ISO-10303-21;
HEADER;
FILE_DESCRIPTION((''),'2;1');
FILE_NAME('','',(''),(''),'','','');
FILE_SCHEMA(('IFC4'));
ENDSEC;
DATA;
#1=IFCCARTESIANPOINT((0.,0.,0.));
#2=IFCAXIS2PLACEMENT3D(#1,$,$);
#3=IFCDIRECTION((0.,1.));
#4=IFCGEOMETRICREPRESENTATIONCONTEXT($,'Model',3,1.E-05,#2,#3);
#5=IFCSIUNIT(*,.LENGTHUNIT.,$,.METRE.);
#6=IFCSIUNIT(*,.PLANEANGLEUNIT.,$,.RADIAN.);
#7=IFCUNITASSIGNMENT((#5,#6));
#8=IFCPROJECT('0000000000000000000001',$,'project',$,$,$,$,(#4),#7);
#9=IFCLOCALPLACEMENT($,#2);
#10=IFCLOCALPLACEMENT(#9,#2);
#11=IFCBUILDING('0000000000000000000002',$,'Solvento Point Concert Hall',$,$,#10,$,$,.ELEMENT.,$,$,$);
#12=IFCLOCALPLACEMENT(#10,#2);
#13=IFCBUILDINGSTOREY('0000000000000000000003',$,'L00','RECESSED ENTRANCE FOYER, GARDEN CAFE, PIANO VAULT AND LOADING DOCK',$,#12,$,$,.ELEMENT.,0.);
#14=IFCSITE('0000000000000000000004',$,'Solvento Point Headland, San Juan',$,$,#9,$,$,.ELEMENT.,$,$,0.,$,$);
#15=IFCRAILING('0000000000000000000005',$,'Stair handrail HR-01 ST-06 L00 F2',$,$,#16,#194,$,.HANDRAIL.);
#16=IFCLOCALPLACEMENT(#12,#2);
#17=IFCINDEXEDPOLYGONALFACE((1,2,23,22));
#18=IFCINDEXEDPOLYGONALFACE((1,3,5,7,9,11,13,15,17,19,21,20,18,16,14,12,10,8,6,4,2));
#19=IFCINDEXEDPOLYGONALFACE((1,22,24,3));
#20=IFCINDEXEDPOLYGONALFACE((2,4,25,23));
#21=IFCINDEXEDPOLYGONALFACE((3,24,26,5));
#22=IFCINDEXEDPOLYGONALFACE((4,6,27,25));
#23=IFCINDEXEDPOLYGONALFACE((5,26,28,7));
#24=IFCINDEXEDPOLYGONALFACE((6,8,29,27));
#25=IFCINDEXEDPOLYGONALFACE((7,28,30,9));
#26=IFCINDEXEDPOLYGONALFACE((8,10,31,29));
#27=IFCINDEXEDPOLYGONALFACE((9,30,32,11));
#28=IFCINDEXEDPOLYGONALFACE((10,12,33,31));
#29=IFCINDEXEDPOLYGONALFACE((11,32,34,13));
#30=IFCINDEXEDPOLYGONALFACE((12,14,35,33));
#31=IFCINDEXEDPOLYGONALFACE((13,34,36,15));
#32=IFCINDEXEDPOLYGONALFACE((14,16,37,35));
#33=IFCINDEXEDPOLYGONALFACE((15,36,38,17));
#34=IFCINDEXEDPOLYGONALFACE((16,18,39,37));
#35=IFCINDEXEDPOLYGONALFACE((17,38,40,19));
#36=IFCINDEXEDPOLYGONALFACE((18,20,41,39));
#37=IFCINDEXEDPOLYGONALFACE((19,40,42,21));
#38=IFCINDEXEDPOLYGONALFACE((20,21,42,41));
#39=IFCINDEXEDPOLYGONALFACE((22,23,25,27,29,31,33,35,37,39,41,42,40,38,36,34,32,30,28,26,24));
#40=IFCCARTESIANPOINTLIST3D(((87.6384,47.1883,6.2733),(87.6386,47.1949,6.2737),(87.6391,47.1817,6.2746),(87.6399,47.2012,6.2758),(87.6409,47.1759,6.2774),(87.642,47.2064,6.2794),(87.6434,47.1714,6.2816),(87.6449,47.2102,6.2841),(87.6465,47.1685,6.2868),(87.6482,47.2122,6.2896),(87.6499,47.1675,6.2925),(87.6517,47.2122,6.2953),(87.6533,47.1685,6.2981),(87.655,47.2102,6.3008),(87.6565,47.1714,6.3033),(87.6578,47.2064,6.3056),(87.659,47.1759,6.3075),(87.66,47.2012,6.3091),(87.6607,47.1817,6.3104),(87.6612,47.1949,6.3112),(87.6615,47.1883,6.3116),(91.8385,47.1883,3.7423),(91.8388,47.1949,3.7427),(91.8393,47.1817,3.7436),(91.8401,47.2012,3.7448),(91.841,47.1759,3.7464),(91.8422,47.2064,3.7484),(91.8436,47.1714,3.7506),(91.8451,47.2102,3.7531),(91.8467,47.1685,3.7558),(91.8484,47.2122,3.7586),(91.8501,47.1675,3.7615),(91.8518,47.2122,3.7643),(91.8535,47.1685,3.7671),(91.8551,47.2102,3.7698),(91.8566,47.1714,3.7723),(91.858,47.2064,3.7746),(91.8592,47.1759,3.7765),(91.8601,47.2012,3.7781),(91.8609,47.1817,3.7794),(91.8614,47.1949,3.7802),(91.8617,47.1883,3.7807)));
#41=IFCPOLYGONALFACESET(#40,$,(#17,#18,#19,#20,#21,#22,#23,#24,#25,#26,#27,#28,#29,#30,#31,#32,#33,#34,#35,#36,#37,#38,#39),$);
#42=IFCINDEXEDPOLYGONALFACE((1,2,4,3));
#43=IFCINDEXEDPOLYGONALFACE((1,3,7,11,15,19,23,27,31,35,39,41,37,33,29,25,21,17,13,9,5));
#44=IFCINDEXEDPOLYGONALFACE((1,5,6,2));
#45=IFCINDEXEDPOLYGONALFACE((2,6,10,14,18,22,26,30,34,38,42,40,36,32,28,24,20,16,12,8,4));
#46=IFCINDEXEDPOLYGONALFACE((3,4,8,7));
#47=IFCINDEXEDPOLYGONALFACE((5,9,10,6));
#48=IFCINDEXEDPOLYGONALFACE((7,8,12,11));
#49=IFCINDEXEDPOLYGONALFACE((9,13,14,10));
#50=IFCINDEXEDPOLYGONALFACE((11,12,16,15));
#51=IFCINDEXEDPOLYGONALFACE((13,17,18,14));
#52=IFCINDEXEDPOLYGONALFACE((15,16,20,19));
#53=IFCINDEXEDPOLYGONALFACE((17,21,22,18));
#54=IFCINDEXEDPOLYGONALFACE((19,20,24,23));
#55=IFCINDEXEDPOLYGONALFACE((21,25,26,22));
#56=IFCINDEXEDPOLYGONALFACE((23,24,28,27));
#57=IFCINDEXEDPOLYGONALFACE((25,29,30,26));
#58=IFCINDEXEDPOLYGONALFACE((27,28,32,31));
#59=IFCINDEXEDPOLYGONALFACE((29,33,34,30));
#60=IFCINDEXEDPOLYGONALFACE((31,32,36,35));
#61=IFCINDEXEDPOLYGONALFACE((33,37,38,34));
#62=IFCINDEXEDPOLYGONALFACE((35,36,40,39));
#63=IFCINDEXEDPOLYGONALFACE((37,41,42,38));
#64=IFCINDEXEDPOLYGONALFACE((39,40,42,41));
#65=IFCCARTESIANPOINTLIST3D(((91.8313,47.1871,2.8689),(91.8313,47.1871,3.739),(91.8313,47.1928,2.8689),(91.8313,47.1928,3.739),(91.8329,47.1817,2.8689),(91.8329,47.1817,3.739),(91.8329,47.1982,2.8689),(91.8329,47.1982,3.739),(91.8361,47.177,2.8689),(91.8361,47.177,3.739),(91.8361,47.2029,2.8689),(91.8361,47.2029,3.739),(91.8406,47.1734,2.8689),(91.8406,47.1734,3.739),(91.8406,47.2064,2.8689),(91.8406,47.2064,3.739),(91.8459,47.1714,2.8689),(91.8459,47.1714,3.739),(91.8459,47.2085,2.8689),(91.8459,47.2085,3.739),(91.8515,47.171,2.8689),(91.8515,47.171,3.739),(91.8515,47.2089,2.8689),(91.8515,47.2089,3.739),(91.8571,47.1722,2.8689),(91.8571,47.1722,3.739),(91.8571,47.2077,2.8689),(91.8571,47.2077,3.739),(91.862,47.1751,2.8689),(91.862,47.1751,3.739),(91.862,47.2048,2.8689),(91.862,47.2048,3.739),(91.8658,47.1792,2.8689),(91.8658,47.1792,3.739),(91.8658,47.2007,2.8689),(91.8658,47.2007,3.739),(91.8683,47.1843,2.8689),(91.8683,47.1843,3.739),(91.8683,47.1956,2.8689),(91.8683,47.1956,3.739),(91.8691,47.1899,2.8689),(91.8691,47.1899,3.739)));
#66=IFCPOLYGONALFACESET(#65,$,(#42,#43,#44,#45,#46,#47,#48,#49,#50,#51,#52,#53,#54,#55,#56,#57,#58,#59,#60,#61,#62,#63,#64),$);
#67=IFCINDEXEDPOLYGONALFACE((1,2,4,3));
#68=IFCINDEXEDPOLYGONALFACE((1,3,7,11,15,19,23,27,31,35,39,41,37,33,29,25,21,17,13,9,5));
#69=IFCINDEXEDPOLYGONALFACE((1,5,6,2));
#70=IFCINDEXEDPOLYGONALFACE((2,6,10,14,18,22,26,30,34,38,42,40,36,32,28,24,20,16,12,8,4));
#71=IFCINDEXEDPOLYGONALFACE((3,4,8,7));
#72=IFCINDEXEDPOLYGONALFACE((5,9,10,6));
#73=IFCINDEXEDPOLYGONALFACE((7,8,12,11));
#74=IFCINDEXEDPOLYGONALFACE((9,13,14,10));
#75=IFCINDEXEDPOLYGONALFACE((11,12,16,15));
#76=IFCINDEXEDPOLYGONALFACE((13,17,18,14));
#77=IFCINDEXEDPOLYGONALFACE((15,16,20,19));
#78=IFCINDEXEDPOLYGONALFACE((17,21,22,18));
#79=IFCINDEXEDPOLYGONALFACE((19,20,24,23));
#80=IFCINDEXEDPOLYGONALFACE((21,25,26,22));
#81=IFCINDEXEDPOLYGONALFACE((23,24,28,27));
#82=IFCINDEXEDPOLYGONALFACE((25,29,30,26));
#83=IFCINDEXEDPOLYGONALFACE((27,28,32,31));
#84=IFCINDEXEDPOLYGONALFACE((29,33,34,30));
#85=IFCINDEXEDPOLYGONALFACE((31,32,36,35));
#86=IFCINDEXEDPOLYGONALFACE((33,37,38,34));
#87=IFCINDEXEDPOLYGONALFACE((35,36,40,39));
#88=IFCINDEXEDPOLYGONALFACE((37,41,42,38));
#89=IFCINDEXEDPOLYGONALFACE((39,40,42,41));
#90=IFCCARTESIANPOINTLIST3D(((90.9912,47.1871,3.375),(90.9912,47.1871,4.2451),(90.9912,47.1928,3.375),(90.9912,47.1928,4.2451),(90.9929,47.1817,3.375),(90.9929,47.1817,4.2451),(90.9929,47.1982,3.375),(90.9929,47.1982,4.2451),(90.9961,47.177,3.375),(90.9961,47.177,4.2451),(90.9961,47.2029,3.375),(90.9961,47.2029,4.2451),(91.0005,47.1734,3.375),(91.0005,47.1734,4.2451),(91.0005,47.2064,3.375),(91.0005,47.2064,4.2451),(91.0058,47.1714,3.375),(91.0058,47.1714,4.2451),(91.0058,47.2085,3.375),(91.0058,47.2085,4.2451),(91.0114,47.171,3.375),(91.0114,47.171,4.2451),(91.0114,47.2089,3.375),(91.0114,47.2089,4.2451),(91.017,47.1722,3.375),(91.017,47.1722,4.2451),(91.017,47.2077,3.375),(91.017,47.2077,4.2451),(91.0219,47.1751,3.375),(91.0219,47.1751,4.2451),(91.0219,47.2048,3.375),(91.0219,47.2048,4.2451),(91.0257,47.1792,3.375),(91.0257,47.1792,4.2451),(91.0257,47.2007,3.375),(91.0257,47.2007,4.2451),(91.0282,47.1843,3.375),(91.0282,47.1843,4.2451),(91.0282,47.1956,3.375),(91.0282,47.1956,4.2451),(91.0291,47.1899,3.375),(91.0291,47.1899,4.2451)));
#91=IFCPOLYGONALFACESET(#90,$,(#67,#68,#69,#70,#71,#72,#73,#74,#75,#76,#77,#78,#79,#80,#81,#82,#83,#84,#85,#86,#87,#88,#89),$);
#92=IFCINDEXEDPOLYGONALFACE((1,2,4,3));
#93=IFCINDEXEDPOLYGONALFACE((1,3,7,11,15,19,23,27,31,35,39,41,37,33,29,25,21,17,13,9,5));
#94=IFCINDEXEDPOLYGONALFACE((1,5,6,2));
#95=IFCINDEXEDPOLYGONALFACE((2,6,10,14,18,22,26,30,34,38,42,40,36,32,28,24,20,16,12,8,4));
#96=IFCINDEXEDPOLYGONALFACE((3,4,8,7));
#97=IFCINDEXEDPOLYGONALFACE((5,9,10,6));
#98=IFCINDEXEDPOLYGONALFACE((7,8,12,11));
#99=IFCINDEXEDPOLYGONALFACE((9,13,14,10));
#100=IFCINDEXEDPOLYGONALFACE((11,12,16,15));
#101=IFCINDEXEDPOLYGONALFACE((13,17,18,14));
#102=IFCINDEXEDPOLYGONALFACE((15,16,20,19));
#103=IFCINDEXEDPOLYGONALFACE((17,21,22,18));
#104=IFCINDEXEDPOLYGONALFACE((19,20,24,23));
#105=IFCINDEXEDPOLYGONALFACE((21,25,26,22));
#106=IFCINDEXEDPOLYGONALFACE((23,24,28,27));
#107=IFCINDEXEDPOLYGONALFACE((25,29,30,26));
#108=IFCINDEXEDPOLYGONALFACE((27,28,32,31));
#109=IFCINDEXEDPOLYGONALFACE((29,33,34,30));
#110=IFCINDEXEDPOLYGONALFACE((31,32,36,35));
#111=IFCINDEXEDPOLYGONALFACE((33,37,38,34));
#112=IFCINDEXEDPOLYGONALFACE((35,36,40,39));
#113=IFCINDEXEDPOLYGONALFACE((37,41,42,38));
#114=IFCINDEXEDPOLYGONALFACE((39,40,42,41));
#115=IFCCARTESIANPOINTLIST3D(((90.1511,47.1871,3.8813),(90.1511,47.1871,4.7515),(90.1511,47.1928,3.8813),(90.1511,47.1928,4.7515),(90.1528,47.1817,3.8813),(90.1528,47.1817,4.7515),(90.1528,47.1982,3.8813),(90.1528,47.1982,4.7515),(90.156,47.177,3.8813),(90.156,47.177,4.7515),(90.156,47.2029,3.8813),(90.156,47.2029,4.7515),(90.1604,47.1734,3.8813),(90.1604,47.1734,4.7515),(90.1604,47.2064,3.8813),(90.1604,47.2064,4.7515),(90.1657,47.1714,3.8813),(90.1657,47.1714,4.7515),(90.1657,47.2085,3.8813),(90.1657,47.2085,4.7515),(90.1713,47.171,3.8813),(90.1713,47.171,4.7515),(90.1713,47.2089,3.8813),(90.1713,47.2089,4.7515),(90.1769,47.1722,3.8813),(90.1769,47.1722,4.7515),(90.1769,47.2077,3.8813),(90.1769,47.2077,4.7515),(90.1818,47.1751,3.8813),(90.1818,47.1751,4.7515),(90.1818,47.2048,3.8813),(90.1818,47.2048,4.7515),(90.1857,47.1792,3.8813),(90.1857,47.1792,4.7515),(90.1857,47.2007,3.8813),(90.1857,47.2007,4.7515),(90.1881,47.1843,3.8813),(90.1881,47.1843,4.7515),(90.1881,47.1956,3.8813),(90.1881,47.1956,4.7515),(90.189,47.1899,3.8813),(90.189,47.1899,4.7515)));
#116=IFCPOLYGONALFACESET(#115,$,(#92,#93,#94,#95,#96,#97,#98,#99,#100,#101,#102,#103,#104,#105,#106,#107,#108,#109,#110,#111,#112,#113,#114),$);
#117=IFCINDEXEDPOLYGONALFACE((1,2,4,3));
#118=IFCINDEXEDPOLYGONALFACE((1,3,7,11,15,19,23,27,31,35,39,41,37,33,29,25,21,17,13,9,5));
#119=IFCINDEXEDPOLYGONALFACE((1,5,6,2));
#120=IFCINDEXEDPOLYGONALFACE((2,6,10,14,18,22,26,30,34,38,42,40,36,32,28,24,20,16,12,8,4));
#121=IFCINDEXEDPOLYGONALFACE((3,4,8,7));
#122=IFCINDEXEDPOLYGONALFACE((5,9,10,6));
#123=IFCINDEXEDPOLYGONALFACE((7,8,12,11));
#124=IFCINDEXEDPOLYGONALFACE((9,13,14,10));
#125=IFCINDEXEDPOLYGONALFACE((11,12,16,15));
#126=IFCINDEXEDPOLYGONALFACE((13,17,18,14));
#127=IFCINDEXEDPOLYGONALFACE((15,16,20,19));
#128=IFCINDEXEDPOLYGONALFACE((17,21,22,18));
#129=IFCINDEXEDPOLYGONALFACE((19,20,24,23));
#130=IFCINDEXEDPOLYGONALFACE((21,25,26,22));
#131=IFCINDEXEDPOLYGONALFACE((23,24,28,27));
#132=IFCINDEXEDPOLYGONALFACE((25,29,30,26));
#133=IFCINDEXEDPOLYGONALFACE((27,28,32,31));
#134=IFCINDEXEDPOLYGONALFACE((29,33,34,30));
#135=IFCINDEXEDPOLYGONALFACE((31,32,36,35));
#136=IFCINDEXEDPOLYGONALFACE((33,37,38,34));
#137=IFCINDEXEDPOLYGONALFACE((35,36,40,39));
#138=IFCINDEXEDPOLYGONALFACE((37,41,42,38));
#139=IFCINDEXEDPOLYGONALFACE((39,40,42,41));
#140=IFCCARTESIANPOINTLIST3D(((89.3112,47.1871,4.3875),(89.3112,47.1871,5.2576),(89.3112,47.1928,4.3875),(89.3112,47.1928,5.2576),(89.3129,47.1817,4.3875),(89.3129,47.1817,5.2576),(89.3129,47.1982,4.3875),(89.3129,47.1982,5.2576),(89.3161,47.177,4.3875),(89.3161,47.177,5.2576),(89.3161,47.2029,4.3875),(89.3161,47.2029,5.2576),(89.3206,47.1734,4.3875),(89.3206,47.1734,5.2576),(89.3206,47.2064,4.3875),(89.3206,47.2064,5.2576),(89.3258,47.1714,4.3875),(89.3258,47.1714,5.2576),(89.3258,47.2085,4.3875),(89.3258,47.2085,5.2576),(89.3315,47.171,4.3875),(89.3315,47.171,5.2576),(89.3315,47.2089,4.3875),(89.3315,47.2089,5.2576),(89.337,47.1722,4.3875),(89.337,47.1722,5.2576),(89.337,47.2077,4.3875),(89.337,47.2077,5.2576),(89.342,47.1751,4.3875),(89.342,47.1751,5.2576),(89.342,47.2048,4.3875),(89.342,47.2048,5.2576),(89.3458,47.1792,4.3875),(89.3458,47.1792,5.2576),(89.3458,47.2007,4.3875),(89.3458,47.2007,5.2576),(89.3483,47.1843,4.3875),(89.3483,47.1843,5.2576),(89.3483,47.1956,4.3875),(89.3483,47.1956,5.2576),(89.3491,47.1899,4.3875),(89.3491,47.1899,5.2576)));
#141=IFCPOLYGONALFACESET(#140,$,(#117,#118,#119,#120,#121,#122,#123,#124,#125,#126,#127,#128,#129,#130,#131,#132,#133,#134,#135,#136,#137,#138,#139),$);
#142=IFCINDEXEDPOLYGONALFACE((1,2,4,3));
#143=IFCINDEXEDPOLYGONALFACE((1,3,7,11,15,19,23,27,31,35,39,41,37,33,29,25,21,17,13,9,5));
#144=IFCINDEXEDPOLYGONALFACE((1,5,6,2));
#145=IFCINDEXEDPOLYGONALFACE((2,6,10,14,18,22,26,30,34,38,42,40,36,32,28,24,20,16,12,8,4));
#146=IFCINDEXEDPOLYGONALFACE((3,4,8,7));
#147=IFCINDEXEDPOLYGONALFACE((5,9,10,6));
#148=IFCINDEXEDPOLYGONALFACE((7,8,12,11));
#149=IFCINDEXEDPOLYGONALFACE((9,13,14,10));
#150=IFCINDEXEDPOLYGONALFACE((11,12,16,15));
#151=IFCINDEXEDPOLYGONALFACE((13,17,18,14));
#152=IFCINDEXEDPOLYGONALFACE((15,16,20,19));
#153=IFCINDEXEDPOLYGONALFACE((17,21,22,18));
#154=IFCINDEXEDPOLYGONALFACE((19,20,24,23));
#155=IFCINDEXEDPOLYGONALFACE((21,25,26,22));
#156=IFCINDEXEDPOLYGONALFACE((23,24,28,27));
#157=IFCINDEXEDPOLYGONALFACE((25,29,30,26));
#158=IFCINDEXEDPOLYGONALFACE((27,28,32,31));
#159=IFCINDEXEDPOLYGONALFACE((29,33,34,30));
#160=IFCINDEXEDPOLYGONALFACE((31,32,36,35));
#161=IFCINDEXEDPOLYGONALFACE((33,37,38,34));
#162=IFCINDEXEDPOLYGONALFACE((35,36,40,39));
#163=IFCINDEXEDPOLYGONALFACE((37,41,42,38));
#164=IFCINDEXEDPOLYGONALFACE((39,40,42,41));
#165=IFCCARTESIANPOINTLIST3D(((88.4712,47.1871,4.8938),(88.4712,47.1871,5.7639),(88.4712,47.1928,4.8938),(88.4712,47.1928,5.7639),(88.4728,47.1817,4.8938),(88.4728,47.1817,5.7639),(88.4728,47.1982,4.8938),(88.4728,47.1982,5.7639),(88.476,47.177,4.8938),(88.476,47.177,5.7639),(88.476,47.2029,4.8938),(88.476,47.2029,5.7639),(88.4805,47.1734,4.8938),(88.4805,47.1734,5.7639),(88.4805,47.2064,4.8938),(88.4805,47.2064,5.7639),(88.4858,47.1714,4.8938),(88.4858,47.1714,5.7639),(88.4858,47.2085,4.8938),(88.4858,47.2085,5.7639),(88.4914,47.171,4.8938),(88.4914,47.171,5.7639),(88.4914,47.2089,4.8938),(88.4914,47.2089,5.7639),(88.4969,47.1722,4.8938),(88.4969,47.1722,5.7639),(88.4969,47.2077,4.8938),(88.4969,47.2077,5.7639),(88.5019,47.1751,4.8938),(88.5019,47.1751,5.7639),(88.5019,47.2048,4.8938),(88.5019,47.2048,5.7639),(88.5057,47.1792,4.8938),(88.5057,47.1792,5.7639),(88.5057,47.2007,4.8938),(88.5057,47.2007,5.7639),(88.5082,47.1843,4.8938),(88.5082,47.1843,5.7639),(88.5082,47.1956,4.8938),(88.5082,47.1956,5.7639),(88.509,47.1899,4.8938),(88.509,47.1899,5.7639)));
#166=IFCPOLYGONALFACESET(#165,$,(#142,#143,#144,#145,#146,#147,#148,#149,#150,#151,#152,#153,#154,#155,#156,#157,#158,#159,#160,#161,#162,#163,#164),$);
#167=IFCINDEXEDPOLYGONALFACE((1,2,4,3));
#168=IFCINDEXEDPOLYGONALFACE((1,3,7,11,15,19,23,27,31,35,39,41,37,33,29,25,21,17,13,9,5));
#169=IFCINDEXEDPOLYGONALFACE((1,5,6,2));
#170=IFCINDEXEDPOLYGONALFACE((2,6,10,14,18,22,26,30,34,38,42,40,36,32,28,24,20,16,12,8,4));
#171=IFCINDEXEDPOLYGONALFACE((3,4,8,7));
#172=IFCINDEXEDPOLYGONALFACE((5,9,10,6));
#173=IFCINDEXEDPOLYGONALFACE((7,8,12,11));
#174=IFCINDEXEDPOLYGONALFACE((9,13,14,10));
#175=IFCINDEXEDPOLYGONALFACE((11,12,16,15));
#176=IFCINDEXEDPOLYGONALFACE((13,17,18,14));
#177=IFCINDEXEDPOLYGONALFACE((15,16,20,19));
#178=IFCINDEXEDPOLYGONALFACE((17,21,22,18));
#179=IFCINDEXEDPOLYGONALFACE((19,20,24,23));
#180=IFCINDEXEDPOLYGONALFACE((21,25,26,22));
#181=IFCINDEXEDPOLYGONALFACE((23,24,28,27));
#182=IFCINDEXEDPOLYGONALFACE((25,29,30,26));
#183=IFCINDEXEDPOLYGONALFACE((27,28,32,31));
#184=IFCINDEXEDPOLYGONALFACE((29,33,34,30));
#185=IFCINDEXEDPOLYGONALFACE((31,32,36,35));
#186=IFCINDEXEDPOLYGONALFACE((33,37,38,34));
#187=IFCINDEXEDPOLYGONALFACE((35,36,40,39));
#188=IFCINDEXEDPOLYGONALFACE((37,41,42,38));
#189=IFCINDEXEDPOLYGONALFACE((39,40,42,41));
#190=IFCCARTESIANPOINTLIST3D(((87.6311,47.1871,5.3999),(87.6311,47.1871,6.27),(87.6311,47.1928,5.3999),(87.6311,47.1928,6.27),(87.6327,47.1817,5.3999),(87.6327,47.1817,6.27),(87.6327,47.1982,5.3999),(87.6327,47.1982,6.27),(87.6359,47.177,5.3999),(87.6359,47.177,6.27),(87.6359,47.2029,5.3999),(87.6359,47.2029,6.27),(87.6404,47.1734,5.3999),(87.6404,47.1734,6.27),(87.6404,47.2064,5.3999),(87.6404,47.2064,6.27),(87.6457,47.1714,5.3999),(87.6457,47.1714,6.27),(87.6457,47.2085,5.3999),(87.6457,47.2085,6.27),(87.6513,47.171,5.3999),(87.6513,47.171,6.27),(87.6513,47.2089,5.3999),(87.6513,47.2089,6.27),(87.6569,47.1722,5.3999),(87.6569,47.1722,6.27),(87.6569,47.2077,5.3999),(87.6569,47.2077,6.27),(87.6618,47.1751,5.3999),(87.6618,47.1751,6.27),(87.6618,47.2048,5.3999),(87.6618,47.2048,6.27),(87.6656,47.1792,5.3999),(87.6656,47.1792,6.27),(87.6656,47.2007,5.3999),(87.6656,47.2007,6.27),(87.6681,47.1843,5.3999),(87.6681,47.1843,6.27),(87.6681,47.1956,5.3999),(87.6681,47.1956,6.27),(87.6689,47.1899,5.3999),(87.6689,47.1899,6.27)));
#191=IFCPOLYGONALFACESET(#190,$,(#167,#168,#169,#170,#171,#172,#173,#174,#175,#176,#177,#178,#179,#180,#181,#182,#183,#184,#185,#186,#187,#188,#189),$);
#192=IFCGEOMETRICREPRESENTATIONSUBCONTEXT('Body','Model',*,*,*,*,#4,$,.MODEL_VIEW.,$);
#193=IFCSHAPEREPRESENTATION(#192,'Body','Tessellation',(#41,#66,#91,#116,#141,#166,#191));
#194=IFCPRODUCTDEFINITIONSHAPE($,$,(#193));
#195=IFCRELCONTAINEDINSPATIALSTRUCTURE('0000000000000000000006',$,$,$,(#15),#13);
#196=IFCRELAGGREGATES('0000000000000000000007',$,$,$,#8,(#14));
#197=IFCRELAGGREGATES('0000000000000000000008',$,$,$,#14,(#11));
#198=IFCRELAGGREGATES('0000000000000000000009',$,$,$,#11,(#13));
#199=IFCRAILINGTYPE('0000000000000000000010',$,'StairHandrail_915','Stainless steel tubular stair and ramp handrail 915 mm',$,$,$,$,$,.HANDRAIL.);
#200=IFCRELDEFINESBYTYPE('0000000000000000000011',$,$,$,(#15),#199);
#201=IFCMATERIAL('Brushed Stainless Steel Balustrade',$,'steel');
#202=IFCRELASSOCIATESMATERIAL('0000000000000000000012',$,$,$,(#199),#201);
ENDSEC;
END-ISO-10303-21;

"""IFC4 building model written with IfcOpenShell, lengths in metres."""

from ifc_helpers import new_model, si_unit, direction, frame, origin, origin_2d, place, context, subcontext, project, spatial, circle, extrude, material, type_object, element, save


model = new_model("IFC4")

# Units and contexts
model_context = context("Model", 3, precision=1e-05, world=origin(), true_north=direction((0.0, 1.0)))
body_context = subcontext(model_context, "Body", "Model", "MODEL_VIEW")
ifc_project = project(units=[si_unit("LENGTHUNIT", "METRE"), si_unit("PLANEANGLEUNIT", "RADIAN")], contexts=[model_context])

# Site, building, storey
site_placement = place(None, origin())
site = spatial("IfcSite", under=ifc_project, at=site_placement, Name="Solvento Point Headland, San Juan", CompositionType="ELEMENT", RefElevation=0.0)
building_placement = place(site_placement, origin())
building = spatial("IfcBuilding", under=site, at=building_placement, Name="Solvento Point Concert Hall", CompositionType="ELEMENT")
storey_placement = place(building_placement, origin())
storey = spatial("IfcBuildingStorey", under=building, at=storey_placement, Name="L00", Description="RECESSED ENTRANCE FOYER, GARDEN CAFE, PIANO VAULT AND LOADING DOCK", CompositionType="ELEMENT", Elevation=0.0)

# Railing
ifc_material_1 = material(Name="Brushed Stainless Steel Balustrade", Category="steel")
railing_type_1 = type_object("IfcRailingType", Name="StairHandrail_915", Description="Stainless steel tubular stair and ramp handrail 915 mm", PredefinedType="HANDRAIL", material=ifc_material_1)
railing_1_placement = place(storey_placement, frame((91.8501, 47.1899, 2.8689)))
element("IfcRailing", 1, at=railing_1_placement, inside=storey, type_object=railing_type_1, Name="Stair handrail HR-01 ST-06 L00 F2", PredefinedType="HANDRAIL", context=body_context, shape_type="SweptSolid", body=[
    extrude(circle(Radius=0.0225, at=origin_2d()), frame((0.0, 0.0, 0.8926), z_axis=(-0.856512, 0.0, 0.516127), x_axis=(0.0, -1.0, 0.0)), (0.0, 0.0, 1.0), 4.9038),
    extrude(circle(Radius=0.019, at=origin_2d()), origin(), (0.0, 0.0, 1.0), 0.8701),
    extrude(circle(Radius=0.019, at=origin_2d()), frame((-0.8401, 0.0, 0.5061)), (0.0, 0.0, 1.0), 0.8701),
    extrude(circle(Radius=0.019, at=origin_2d()), frame((-1.6802, 0.0, 1.0125)), (0.0, 0.0, 1.0), 0.8701),
    extrude(circle(Radius=0.019, at=origin_2d()), frame((-2.52, 0.0, 1.5186)), (0.0, 0.0, 1.0), 0.8701),
    extrude(circle(Radius=0.019, at=origin_2d()), frame((-3.3601, 0.0, 2.0249)), (0.0, 0.0, 1.0), 0.8701),
    extrude(circle(Radius=0.019, at=origin_2d()), frame((-4.2002, 0.0, 2.531)), (0.0, 0.0, 1.0), 0.8701),
])

save(model, "model.ifc")
